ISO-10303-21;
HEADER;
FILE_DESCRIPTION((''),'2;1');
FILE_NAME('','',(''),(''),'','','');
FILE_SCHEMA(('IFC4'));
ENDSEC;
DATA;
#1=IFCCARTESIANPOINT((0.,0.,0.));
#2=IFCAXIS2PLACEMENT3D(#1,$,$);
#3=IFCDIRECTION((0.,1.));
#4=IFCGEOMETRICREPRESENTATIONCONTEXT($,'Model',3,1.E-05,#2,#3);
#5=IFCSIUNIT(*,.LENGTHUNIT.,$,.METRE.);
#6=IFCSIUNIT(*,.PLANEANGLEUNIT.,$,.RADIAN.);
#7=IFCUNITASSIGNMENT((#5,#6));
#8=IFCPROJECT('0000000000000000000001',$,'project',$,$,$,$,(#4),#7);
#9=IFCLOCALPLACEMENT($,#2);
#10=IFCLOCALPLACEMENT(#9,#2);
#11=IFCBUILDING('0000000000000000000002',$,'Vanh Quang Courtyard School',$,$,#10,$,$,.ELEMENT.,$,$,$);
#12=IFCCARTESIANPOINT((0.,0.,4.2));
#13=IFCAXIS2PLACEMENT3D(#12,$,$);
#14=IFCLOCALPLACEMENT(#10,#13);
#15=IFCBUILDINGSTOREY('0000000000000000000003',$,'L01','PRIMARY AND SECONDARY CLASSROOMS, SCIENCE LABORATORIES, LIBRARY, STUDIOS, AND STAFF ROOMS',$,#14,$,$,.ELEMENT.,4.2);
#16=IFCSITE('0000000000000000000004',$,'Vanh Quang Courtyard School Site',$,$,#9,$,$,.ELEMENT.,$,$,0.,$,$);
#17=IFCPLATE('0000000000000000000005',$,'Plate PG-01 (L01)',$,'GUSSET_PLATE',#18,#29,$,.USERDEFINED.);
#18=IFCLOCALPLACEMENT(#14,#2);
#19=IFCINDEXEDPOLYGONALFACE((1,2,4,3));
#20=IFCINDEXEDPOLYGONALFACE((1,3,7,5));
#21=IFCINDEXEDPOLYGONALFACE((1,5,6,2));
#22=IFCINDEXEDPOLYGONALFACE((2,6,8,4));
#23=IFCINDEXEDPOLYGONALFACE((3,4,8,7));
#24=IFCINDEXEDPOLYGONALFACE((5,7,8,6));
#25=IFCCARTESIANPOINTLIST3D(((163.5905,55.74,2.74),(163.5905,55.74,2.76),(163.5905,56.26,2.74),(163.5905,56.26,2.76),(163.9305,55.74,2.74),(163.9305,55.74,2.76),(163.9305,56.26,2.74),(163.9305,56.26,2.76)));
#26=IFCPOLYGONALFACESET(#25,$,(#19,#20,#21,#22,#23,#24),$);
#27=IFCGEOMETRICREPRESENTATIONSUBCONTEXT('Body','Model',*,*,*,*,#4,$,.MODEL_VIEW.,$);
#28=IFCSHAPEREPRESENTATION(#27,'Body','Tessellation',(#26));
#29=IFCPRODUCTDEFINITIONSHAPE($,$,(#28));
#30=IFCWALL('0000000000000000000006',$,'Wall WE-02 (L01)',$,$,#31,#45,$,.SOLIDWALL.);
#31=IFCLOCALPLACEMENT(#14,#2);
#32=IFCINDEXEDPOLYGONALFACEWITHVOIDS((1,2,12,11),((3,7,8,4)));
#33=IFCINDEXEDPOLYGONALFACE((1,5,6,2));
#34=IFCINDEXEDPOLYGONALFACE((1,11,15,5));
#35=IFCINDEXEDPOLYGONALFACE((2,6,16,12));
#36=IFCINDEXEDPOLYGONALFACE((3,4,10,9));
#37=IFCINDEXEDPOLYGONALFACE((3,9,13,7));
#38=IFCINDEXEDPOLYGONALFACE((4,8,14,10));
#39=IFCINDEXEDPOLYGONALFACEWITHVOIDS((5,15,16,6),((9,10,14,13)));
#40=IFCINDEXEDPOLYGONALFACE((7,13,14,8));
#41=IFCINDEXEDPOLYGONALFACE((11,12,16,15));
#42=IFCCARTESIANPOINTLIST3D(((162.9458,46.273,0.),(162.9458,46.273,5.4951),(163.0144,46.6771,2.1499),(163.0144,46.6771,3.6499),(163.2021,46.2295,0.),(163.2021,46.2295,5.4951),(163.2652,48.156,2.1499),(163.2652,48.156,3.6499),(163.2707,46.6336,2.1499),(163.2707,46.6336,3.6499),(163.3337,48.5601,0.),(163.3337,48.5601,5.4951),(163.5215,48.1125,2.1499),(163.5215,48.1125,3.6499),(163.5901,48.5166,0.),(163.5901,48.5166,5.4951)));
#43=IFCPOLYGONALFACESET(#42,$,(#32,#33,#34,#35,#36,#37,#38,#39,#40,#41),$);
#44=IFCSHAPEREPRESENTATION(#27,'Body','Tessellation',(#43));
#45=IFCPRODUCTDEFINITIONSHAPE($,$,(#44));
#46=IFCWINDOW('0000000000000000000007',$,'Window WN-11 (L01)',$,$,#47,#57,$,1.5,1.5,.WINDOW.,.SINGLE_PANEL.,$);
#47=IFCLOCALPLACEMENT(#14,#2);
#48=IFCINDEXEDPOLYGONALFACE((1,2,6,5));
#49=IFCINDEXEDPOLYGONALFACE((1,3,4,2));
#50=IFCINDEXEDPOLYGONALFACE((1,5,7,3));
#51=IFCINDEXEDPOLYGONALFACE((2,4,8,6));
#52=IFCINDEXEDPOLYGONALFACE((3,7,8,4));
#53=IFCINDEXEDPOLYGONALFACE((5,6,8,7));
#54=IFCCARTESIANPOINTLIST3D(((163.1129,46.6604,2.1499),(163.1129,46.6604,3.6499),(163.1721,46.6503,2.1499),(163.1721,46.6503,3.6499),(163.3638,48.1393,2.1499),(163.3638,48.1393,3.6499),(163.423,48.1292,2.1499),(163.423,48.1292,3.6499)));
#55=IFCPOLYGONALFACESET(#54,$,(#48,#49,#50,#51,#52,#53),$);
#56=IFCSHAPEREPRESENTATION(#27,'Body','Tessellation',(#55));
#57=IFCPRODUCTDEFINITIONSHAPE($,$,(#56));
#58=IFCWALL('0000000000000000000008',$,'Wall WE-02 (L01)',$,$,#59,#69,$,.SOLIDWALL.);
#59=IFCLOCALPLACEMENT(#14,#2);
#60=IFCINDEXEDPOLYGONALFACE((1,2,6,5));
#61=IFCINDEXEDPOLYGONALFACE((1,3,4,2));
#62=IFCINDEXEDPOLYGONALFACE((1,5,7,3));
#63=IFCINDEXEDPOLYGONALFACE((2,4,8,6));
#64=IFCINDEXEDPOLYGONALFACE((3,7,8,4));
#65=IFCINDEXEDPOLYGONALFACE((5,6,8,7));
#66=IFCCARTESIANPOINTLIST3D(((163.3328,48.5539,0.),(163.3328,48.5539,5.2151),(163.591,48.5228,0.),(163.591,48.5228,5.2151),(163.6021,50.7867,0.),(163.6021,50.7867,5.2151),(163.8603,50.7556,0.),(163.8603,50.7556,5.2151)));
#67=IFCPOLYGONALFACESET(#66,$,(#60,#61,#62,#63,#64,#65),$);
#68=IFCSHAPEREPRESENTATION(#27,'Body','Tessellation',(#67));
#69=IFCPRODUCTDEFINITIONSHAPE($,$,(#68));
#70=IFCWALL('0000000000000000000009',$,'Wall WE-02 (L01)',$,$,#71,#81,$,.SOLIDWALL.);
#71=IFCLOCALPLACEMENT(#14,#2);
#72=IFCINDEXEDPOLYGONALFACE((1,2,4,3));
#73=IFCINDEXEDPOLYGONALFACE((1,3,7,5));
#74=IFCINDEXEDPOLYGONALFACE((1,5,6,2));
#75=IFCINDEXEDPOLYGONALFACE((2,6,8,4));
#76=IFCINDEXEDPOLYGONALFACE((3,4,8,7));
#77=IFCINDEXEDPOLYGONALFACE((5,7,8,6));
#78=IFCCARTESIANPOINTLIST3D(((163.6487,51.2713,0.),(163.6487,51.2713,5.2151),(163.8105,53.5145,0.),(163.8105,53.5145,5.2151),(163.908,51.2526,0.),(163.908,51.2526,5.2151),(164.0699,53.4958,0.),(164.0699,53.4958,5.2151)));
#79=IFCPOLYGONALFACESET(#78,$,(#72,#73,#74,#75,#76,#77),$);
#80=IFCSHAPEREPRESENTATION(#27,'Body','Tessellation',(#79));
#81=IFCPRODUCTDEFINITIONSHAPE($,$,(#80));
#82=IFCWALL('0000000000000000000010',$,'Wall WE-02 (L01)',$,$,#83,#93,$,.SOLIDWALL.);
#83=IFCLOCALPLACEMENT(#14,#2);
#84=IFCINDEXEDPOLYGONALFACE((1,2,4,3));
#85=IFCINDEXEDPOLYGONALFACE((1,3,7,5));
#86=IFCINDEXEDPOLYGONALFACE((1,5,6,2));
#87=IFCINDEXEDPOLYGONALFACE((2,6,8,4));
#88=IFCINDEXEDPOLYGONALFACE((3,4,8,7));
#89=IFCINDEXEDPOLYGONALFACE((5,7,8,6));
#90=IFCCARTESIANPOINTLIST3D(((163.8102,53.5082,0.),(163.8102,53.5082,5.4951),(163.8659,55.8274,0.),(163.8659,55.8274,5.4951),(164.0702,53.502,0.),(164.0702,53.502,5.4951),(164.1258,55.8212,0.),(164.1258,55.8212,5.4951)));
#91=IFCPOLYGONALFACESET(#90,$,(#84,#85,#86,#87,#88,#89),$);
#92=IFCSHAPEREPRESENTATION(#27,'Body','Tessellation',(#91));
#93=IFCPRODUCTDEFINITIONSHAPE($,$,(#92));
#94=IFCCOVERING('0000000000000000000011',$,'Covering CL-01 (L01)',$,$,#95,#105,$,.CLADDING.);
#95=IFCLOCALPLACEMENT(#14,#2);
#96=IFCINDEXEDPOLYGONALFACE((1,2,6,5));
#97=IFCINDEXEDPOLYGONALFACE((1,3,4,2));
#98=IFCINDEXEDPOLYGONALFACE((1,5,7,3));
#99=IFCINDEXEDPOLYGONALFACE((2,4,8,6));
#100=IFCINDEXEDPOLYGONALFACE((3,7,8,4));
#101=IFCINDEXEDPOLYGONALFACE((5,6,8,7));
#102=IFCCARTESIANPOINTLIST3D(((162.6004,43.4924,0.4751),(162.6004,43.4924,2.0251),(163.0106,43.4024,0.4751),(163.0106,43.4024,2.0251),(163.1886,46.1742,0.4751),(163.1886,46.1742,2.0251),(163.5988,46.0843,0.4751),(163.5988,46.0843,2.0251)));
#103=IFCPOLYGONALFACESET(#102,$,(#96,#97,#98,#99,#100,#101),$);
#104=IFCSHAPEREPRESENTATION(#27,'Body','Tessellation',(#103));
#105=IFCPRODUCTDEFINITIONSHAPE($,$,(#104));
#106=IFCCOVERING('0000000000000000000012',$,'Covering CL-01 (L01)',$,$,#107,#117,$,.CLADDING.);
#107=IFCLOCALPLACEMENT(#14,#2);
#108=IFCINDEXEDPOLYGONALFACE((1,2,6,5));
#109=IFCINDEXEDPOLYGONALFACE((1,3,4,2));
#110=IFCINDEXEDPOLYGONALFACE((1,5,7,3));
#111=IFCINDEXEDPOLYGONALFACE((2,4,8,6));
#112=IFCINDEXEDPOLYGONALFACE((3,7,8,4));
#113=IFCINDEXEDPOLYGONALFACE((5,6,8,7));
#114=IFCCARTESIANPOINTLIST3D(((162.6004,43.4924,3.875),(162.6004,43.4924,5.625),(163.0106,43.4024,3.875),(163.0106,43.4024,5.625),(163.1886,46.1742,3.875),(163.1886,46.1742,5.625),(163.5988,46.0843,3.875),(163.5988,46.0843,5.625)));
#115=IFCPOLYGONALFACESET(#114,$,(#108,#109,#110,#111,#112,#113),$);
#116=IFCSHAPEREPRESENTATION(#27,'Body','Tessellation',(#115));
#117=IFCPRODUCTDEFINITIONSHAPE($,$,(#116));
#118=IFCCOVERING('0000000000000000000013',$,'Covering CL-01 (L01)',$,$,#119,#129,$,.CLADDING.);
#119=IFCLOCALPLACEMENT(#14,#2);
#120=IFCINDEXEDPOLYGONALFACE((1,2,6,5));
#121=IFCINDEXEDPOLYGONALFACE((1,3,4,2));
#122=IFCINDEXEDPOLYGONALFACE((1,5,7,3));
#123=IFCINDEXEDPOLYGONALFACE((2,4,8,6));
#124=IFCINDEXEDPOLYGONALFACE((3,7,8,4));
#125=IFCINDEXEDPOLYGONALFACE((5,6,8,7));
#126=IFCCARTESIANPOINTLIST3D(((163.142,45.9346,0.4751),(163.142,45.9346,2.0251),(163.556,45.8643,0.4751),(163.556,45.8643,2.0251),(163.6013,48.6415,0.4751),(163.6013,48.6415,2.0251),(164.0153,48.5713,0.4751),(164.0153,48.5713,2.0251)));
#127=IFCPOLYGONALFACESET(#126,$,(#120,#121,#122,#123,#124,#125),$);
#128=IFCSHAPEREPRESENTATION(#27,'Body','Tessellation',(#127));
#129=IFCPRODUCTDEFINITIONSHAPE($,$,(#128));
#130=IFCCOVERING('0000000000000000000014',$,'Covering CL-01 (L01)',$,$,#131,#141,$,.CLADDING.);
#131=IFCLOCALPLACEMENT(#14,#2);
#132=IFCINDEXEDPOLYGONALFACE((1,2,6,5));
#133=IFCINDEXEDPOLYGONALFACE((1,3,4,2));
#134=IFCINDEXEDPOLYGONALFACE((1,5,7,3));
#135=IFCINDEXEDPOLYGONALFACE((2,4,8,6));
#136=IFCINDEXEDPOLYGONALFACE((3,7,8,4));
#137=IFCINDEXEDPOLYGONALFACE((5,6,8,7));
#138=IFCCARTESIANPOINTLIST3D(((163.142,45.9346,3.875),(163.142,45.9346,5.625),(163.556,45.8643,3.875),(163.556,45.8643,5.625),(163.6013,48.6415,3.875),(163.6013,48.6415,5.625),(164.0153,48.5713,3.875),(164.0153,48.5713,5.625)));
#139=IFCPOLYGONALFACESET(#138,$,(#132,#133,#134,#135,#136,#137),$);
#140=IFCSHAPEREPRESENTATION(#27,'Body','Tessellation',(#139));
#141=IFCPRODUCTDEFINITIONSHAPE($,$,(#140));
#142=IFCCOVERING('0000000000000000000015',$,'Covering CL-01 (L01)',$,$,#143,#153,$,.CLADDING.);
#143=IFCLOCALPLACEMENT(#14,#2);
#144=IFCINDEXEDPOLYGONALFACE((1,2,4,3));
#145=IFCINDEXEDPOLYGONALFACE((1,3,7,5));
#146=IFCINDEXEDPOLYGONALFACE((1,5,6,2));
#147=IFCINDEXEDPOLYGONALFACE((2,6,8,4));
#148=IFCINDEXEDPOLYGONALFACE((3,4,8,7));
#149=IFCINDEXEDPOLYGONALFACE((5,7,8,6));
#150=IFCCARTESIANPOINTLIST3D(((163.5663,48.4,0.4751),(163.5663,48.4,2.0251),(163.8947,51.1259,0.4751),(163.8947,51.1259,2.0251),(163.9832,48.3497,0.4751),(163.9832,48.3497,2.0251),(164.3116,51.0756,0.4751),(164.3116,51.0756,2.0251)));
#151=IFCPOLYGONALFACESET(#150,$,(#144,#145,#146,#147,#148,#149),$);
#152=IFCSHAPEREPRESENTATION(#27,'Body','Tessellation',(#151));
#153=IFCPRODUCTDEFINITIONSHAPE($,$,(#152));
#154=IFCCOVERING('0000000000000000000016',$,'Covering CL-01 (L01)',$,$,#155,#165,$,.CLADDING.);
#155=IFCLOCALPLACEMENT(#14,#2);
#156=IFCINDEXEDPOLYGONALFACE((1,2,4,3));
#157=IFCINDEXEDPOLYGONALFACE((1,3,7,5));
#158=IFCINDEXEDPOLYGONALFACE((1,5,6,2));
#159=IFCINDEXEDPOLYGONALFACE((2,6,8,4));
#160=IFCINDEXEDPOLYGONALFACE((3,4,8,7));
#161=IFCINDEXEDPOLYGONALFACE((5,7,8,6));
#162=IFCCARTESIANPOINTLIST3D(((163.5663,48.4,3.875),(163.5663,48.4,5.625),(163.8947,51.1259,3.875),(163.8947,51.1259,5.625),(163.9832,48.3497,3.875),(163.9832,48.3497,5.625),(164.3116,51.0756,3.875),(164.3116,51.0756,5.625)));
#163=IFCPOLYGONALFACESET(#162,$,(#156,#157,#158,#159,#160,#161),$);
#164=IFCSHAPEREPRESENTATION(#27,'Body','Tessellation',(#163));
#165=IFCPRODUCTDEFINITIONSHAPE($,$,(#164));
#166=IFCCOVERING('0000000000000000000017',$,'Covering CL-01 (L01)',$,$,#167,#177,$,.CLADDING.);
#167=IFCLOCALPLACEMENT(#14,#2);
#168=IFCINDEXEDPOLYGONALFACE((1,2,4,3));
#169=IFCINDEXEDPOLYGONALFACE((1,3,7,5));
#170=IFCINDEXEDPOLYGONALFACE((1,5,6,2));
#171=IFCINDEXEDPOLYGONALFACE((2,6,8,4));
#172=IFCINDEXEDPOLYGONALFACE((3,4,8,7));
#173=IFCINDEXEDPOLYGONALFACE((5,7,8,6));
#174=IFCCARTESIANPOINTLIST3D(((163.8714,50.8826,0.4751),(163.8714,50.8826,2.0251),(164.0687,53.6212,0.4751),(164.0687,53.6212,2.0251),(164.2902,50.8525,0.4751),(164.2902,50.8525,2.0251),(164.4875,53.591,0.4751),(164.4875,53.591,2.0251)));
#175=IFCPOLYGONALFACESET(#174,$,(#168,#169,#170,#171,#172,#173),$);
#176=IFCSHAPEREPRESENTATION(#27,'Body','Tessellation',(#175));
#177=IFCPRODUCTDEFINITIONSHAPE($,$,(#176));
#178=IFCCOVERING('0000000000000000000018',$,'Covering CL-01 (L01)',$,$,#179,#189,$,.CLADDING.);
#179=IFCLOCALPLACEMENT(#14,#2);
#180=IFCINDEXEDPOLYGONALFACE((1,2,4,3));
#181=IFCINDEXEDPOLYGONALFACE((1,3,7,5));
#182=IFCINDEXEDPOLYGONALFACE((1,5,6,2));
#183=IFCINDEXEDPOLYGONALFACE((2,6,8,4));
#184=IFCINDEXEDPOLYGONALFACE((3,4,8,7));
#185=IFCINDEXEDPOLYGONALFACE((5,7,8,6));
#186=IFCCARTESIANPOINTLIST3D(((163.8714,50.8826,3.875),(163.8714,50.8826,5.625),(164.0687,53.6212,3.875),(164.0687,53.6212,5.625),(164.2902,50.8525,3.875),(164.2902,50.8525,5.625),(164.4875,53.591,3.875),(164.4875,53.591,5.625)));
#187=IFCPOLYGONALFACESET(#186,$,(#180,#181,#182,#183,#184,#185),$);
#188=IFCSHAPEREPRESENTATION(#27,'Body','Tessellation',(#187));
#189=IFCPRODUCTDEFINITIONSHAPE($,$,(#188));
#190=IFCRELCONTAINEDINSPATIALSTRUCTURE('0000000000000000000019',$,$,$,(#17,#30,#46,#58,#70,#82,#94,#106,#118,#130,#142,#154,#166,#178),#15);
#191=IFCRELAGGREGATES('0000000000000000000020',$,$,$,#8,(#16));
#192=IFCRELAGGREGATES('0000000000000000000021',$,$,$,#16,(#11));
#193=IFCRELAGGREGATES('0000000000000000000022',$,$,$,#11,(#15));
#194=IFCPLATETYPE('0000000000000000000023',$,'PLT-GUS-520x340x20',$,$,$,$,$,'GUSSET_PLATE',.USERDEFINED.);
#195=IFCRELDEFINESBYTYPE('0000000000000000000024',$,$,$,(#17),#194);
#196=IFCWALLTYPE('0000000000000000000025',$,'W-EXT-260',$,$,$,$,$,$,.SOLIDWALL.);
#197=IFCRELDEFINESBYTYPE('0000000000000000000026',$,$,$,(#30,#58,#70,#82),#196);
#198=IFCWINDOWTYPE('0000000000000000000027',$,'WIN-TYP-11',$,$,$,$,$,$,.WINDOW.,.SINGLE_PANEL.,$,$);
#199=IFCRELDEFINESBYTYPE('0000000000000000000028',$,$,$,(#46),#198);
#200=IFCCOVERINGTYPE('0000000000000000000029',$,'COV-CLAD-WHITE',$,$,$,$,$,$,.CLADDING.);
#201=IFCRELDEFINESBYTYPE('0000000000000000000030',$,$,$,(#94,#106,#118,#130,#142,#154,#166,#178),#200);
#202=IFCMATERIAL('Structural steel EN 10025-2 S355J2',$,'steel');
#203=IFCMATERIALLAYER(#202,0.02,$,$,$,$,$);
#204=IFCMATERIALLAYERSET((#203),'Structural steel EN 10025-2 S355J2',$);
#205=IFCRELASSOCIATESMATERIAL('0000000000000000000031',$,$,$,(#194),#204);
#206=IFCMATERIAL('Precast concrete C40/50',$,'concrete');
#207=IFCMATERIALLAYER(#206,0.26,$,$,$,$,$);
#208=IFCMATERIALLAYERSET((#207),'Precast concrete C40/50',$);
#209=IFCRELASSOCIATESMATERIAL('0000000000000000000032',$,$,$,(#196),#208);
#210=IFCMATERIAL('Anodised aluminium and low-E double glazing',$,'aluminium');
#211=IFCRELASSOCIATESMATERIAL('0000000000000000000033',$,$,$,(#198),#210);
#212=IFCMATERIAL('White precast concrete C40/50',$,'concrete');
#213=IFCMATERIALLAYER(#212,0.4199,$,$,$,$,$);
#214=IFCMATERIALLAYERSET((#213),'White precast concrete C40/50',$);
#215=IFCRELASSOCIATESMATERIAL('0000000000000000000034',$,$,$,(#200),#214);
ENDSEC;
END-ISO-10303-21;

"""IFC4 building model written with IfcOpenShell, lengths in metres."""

from ifc_helpers import new_model, si_unit, direction, frame, frame_2d, origin, origin_2d, place, context, subcontext, project, spatial, rectangle, extrude, material, layer, layer_set, type_object, element, fill, save


model = new_model("IFC4")

# Units and contexts
model_context = context("Model", 3, precision=1e-05, world=origin(), true_north=direction((0.0, 1.0)))
body_context = subcontext(model_context, "Body", "Model", "MODEL_VIEW")
ifc_project = project(units=[si_unit("LENGTHUNIT", "METRE"), si_unit("PLANEANGLEUNIT", "RADIAN")], contexts=[model_context])

# Site, building, storey
site_placement = place(None, origin())
site = spatial("IfcSite", under=ifc_project, at=site_placement, Name="Vanh Quang Courtyard School Site", CompositionType="ELEMENT", RefElevation=0.0)
building_placement = place(site_placement, origin())
building = spatial("IfcBuilding", under=site, at=building_placement, Name="Vanh Quang Courtyard School", CompositionType="ELEMENT")
storey_placement = place(building_placement, frame((0.0, 0.0, 4.2)))
storey = spatial("IfcBuildingStorey", under=building, at=storey_placement, Name="L01", Description="PRIMARY AND SECONDARY CLASSROOMS, SCIENCE LABORATORIES, LIBRARY, STUDIOS, AND STAFF ROOMS", CompositionType="ELEMENT", Elevation=4.2)

# Shared definitions
ifc_material_1 = material(Name="Structural steel EN 10025-2 S355J2", Category="steel")

# Plate
ifc_layer_1 = layer(ifc_material_1, 0.02)
ifc_layer_set_1 = layer_set([ifc_layer_1], Name="Structural steel EN 10025-2 S355J2")
plate_type_1 = type_object("IfcPlateType", Name="PLT-GUS-520x340x20", ElementType="GUSSET_PLATE", PredefinedType="USERDEFINED", material=ifc_layer_set_1)
plate_placement = place(storey_placement, frame((163.7605, 56.0, 2.74), z_axis=(0.0, 0.0, 1.0), x_axis=(0.0, 1.0, 0.0)))
element("IfcPlate", 1, at=plate_placement, inside=storey, type_object=plate_type_1, Name="Plate PG-01 (L01)", ObjectType="GUSSET_PLATE", PredefinedType="USERDEFINED", context=body_context, shape_type="SweptSolid", body=[
    extrude(rectangle(XDim=0.52, YDim=0.3401, at=origin_2d()), origin(), (0.0, 0.0, 1.0), 0.02),
])

# Wall, opening, window
ifc_material_2 = material(Name="Precast concrete C40/50", Category="concrete")
ifc_layer_2 = layer(ifc_material_2, 0.26)
ifc_layer_set_2 = layer_set([ifc_layer_2], Name="Precast concrete C40/50")
wall_type = type_object("IfcWallType", Name="W-EXT-260", PredefinedType="SOLIDWALL", material=ifc_layer_set_2)
wall_1_placement = place(storey_placement, frame((163.074, 46.2512, 0.0), z_axis=(0.0, 0.0, 1.0), x_axis=(0.167231, 0.985918, 0.0)))
wall_1 = element("IfcWall", 2, at=wall_1_placement, inside=storey, type_object=wall_type, Name="Wall WE-02 (L01)", PredefinedType="SOLIDWALL", context=body_context, shape_type="SweptSolid", body=[
    extrude(rectangle(XDim=2.3198, YDim=0.26, at=frame_2d((1.1599, 0.0))), origin(), (0.0, 0.0, 1.0), 5.4951),
])
opening_placement = place(wall_1_placement, frame((0.4099, 0.0, 2.1499)))
opening = element("IfcOpeningElement", 3, at=opening_placement, cuts=wall_1, PredefinedType="OPENING", context=body_context, shape_type="SweptSolid", body=[
    extrude(rectangle(XDim=1.5, YDim=1.5, at=frame_2d((0.75, 0.75))), frame((0.0, 0.1401, 0.0), z_axis=(0.0, -1.0, 0.0), x_axis=(1.0, 0.0, 0.0)), (0.0, 0.0, 1.0), 0.28),
])
ifc_material_3 = material(Name="Anodised aluminium and low-E double glazing", Category="aluminium")
window_type = type_object("IfcWindowType", Name="WIN-TYP-11", PartitioningType="SINGLE_PANEL", PredefinedType="WINDOW", material=ifc_material_3)
window_placement = place(opening_placement, origin())
window = element("IfcWindow", 4, at=window_placement, inside=storey, type_object=window_type, Name="Window WN-11 (L01)", OverallHeight=1.5, OverallWidth=1.5, PartitioningType="SINGLE_PANEL", PredefinedType="WINDOW", context=body_context, shape_type="SweptSolid", body=[
    extrude(rectangle(XDim=1.5, YDim=1.5, at=frame_2d((0.75, 0.75))), frame((0.0, 0.03, 0.0), z_axis=(0.0, -1.0, 0.0), x_axis=(1.0, 0.0, 0.0)), (0.0, 0.0, 1.0), 0.0601),
])
fill(opening, window)

# Walls
for number, where, z_axis, x_axis, name in (
    (5, (163.4619, 48.5383, 0.0), (0.0, 0.0, 1.0), (0.119732, 0.992806, 0.0), "Wall WE-02 (L01)"),
    (6, (163.7783, 51.262, 0.0), (0.0, 0.0, 1.0), (0.071972, 0.997407, 0.0), "Wall WE-02 (L01)"),
):
    element("IfcWall", number, at=place(storey_placement, frame(where, z_axis=z_axis, x_axis=x_axis)), inside=storey, type_object=wall_type, Name=name, PredefinedType="SOLIDWALL", context=body_context, shape_type="SweptSolid", body=[
        extrude(rectangle(XDim=2.249, YDim=0.26, at=frame_2d((1.1245, 0.0))), origin(), (0.0, 0.0, 1.0), 5.2151),
    ])
wall_2_placement = place(storey_placement, frame((163.9402, 53.5051, 0.0), z_axis=(0.0, 0.0, 1.0), x_axis=(0.023996, 0.999712, 0.0)))
element("IfcWall", 7, at=wall_2_placement, inside=storey, type_object=wall_type, Name="Wall WE-02 (L01)", PredefinedType="SOLIDWALL", context=body_context, shape_type="SweptSolid", body=[
    extrude(rectangle(XDim=2.3198, YDim=0.26, at=frame_2d((1.1599, 0.0))), origin(), (0.0, 0.0, 1.0), 5.4951),
])

# Coverings
ifc_material_4 = material(Name="White precast concrete C40/50", Category="concrete")
ifc_layer_3 = layer(ifc_material_4, 0.4199)
ifc_layer_set_3 = layer_set([ifc_layer_3], Name="White precast concrete C40/50")
covering_type = type_object("IfcCoveringType", Name="COV-CLAD-WHITE", PredefinedType="CLADDING", material=ifc_layer_set_3)
covering_1_placement = place(storey_placement, frame((163.0996, 44.7883, 0.4751), z_axis=(0.0, 0.0, 1.0), x_axis=(0.214224, 0.976785, 0.0)))
element("IfcCovering", 8, at=covering_1_placement, inside=storey, type_object=covering_type, Name="Covering CL-01 (L01)", PredefinedType="CLADDING", context=body_context, shape_type="SweptSolid", body=[
    extrude(rectangle(XDim=2.7456, YDim=0.4199, at=origin_2d()), origin(), (0.0, 0.0, 1.0), 1.55),
])
covering_2_placement = place(storey_placement, frame((163.0996, 44.7883, 3.875), z_axis=(0.0, 0.0, 1.0), x_axis=(0.214224, 0.976785, 0.0)))
element("IfcCovering", 9, at=covering_2_placement, inside=storey, type_object=covering_type, Name="Covering CL-01 (L01)", PredefinedType="CLADDING", context=body_context, shape_type="SweptSolid", body=[
    extrude(rectangle(XDim=2.7456, YDim=0.4199, at=origin_2d()), origin(), (0.0, 0.0, 1.0), 1.75),
])
covering_3_placement = place(storey_placement, frame((163.5786, 47.2529, 0.4751), z_axis=(0.0, 0.0, 1.0), x_axis=(0.167285, 0.985909, 0.0)))
element("IfcCovering", 10, at=covering_3_placement, inside=storey, type_object=covering_type, Name="Covering CL-01 (L01)", PredefinedType="CLADDING", context=body_context, shape_type="SweptSolid", body=[
    extrude(rectangle(XDim=2.7456, YDim=0.4199, at=origin_2d()), origin(), (0.0, 0.0, 1.0), 1.55),
])
covering_4_placement = place(storey_placement, frame((163.5786, 47.2529, 3.875), z_axis=(0.0, 0.0, 1.0), x_axis=(0.167285, 0.985909, 0.0)))
element("IfcCovering", 11, at=covering_4_placement, inside=storey, type_object=covering_type, Name="Covering CL-01 (L01)", PredefinedType="CLADDING", context=body_context, shape_type="SweptSolid", body=[
    extrude(rectangle(XDim=2.7456, YDim=0.4199, at=origin_2d()), origin(), (0.0, 0.0, 1.0), 1.75),
])
covering_5_placement = place(storey_placement, frame((163.939, 49.7378, 0.4751), z_axis=(0.0, 0.0, 1.0), x_axis=(0.119617, 0.99282, 0.0)))
element("IfcCovering", 12, at=covering_5_placement, inside=storey, type_object=covering_type, Name="Covering CL-01 (L01)", PredefinedType="CLADDING", context=body_context, shape_type="SweptSolid", body=[
    extrude(rectangle(XDim=2.7456, YDim=0.4199, at=origin_2d()), origin(), (0.0, 0.0, 1.0), 1.55),
])
covering_6_placement = place(storey_placement, frame((163.939, 49.7378, 3.875), z_axis=(0.0, 0.0, 1.0), x_axis=(0.119617, 0.99282, 0.0)))
element("IfcCovering", 13, at=covering_6_placement, inside=storey, type_object=covering_type, Name="Covering CL-01 (L01)", PredefinedType="CLADDING", context=body_context, shape_type="SweptSolid", body=[
    extrude(rectangle(XDim=2.7456, YDim=0.4199, at=origin_2d()), origin(), (0.0, 0.0, 1.0), 1.75),
])
covering_7_placement = place(storey_placement, frame((164.1794, 52.2368, 0.4751), z_axis=(0.0, 0.0, 1.0), x_axis=(0.071846, 0.997416, 0.0)))
element("IfcCovering", 14, at=covering_7_placement, inside=storey, type_object=covering_type, Name="Covering CL-01 (L01)", PredefinedType="CLADDING", context=body_context, shape_type="SweptSolid", body=[
    extrude(rectangle(XDim=2.7456, YDim=0.4199, at=origin_2d()), origin(), (0.0, 0.0, 1.0), 1.55),
])
covering_8_placement = place(storey_placement, frame((164.1794, 52.2368, 3.875), z_axis=(0.0, 0.0, 1.0), x_axis=(0.071846, 0.997416, 0.0)))
element("IfcCovering", 15, at=covering_8_placement, inside=storey, type_object=covering_type, Name="Covering CL-01 (L01)", PredefinedType="CLADDING", context=body_context, shape_type="SweptSolid", body=[
    extrude(rectangle(XDim=2.7456, YDim=0.4199, at=origin_2d()), origin(), (0.0, 0.0, 1.0), 1.75),
])

save(model, "model.ifc")
